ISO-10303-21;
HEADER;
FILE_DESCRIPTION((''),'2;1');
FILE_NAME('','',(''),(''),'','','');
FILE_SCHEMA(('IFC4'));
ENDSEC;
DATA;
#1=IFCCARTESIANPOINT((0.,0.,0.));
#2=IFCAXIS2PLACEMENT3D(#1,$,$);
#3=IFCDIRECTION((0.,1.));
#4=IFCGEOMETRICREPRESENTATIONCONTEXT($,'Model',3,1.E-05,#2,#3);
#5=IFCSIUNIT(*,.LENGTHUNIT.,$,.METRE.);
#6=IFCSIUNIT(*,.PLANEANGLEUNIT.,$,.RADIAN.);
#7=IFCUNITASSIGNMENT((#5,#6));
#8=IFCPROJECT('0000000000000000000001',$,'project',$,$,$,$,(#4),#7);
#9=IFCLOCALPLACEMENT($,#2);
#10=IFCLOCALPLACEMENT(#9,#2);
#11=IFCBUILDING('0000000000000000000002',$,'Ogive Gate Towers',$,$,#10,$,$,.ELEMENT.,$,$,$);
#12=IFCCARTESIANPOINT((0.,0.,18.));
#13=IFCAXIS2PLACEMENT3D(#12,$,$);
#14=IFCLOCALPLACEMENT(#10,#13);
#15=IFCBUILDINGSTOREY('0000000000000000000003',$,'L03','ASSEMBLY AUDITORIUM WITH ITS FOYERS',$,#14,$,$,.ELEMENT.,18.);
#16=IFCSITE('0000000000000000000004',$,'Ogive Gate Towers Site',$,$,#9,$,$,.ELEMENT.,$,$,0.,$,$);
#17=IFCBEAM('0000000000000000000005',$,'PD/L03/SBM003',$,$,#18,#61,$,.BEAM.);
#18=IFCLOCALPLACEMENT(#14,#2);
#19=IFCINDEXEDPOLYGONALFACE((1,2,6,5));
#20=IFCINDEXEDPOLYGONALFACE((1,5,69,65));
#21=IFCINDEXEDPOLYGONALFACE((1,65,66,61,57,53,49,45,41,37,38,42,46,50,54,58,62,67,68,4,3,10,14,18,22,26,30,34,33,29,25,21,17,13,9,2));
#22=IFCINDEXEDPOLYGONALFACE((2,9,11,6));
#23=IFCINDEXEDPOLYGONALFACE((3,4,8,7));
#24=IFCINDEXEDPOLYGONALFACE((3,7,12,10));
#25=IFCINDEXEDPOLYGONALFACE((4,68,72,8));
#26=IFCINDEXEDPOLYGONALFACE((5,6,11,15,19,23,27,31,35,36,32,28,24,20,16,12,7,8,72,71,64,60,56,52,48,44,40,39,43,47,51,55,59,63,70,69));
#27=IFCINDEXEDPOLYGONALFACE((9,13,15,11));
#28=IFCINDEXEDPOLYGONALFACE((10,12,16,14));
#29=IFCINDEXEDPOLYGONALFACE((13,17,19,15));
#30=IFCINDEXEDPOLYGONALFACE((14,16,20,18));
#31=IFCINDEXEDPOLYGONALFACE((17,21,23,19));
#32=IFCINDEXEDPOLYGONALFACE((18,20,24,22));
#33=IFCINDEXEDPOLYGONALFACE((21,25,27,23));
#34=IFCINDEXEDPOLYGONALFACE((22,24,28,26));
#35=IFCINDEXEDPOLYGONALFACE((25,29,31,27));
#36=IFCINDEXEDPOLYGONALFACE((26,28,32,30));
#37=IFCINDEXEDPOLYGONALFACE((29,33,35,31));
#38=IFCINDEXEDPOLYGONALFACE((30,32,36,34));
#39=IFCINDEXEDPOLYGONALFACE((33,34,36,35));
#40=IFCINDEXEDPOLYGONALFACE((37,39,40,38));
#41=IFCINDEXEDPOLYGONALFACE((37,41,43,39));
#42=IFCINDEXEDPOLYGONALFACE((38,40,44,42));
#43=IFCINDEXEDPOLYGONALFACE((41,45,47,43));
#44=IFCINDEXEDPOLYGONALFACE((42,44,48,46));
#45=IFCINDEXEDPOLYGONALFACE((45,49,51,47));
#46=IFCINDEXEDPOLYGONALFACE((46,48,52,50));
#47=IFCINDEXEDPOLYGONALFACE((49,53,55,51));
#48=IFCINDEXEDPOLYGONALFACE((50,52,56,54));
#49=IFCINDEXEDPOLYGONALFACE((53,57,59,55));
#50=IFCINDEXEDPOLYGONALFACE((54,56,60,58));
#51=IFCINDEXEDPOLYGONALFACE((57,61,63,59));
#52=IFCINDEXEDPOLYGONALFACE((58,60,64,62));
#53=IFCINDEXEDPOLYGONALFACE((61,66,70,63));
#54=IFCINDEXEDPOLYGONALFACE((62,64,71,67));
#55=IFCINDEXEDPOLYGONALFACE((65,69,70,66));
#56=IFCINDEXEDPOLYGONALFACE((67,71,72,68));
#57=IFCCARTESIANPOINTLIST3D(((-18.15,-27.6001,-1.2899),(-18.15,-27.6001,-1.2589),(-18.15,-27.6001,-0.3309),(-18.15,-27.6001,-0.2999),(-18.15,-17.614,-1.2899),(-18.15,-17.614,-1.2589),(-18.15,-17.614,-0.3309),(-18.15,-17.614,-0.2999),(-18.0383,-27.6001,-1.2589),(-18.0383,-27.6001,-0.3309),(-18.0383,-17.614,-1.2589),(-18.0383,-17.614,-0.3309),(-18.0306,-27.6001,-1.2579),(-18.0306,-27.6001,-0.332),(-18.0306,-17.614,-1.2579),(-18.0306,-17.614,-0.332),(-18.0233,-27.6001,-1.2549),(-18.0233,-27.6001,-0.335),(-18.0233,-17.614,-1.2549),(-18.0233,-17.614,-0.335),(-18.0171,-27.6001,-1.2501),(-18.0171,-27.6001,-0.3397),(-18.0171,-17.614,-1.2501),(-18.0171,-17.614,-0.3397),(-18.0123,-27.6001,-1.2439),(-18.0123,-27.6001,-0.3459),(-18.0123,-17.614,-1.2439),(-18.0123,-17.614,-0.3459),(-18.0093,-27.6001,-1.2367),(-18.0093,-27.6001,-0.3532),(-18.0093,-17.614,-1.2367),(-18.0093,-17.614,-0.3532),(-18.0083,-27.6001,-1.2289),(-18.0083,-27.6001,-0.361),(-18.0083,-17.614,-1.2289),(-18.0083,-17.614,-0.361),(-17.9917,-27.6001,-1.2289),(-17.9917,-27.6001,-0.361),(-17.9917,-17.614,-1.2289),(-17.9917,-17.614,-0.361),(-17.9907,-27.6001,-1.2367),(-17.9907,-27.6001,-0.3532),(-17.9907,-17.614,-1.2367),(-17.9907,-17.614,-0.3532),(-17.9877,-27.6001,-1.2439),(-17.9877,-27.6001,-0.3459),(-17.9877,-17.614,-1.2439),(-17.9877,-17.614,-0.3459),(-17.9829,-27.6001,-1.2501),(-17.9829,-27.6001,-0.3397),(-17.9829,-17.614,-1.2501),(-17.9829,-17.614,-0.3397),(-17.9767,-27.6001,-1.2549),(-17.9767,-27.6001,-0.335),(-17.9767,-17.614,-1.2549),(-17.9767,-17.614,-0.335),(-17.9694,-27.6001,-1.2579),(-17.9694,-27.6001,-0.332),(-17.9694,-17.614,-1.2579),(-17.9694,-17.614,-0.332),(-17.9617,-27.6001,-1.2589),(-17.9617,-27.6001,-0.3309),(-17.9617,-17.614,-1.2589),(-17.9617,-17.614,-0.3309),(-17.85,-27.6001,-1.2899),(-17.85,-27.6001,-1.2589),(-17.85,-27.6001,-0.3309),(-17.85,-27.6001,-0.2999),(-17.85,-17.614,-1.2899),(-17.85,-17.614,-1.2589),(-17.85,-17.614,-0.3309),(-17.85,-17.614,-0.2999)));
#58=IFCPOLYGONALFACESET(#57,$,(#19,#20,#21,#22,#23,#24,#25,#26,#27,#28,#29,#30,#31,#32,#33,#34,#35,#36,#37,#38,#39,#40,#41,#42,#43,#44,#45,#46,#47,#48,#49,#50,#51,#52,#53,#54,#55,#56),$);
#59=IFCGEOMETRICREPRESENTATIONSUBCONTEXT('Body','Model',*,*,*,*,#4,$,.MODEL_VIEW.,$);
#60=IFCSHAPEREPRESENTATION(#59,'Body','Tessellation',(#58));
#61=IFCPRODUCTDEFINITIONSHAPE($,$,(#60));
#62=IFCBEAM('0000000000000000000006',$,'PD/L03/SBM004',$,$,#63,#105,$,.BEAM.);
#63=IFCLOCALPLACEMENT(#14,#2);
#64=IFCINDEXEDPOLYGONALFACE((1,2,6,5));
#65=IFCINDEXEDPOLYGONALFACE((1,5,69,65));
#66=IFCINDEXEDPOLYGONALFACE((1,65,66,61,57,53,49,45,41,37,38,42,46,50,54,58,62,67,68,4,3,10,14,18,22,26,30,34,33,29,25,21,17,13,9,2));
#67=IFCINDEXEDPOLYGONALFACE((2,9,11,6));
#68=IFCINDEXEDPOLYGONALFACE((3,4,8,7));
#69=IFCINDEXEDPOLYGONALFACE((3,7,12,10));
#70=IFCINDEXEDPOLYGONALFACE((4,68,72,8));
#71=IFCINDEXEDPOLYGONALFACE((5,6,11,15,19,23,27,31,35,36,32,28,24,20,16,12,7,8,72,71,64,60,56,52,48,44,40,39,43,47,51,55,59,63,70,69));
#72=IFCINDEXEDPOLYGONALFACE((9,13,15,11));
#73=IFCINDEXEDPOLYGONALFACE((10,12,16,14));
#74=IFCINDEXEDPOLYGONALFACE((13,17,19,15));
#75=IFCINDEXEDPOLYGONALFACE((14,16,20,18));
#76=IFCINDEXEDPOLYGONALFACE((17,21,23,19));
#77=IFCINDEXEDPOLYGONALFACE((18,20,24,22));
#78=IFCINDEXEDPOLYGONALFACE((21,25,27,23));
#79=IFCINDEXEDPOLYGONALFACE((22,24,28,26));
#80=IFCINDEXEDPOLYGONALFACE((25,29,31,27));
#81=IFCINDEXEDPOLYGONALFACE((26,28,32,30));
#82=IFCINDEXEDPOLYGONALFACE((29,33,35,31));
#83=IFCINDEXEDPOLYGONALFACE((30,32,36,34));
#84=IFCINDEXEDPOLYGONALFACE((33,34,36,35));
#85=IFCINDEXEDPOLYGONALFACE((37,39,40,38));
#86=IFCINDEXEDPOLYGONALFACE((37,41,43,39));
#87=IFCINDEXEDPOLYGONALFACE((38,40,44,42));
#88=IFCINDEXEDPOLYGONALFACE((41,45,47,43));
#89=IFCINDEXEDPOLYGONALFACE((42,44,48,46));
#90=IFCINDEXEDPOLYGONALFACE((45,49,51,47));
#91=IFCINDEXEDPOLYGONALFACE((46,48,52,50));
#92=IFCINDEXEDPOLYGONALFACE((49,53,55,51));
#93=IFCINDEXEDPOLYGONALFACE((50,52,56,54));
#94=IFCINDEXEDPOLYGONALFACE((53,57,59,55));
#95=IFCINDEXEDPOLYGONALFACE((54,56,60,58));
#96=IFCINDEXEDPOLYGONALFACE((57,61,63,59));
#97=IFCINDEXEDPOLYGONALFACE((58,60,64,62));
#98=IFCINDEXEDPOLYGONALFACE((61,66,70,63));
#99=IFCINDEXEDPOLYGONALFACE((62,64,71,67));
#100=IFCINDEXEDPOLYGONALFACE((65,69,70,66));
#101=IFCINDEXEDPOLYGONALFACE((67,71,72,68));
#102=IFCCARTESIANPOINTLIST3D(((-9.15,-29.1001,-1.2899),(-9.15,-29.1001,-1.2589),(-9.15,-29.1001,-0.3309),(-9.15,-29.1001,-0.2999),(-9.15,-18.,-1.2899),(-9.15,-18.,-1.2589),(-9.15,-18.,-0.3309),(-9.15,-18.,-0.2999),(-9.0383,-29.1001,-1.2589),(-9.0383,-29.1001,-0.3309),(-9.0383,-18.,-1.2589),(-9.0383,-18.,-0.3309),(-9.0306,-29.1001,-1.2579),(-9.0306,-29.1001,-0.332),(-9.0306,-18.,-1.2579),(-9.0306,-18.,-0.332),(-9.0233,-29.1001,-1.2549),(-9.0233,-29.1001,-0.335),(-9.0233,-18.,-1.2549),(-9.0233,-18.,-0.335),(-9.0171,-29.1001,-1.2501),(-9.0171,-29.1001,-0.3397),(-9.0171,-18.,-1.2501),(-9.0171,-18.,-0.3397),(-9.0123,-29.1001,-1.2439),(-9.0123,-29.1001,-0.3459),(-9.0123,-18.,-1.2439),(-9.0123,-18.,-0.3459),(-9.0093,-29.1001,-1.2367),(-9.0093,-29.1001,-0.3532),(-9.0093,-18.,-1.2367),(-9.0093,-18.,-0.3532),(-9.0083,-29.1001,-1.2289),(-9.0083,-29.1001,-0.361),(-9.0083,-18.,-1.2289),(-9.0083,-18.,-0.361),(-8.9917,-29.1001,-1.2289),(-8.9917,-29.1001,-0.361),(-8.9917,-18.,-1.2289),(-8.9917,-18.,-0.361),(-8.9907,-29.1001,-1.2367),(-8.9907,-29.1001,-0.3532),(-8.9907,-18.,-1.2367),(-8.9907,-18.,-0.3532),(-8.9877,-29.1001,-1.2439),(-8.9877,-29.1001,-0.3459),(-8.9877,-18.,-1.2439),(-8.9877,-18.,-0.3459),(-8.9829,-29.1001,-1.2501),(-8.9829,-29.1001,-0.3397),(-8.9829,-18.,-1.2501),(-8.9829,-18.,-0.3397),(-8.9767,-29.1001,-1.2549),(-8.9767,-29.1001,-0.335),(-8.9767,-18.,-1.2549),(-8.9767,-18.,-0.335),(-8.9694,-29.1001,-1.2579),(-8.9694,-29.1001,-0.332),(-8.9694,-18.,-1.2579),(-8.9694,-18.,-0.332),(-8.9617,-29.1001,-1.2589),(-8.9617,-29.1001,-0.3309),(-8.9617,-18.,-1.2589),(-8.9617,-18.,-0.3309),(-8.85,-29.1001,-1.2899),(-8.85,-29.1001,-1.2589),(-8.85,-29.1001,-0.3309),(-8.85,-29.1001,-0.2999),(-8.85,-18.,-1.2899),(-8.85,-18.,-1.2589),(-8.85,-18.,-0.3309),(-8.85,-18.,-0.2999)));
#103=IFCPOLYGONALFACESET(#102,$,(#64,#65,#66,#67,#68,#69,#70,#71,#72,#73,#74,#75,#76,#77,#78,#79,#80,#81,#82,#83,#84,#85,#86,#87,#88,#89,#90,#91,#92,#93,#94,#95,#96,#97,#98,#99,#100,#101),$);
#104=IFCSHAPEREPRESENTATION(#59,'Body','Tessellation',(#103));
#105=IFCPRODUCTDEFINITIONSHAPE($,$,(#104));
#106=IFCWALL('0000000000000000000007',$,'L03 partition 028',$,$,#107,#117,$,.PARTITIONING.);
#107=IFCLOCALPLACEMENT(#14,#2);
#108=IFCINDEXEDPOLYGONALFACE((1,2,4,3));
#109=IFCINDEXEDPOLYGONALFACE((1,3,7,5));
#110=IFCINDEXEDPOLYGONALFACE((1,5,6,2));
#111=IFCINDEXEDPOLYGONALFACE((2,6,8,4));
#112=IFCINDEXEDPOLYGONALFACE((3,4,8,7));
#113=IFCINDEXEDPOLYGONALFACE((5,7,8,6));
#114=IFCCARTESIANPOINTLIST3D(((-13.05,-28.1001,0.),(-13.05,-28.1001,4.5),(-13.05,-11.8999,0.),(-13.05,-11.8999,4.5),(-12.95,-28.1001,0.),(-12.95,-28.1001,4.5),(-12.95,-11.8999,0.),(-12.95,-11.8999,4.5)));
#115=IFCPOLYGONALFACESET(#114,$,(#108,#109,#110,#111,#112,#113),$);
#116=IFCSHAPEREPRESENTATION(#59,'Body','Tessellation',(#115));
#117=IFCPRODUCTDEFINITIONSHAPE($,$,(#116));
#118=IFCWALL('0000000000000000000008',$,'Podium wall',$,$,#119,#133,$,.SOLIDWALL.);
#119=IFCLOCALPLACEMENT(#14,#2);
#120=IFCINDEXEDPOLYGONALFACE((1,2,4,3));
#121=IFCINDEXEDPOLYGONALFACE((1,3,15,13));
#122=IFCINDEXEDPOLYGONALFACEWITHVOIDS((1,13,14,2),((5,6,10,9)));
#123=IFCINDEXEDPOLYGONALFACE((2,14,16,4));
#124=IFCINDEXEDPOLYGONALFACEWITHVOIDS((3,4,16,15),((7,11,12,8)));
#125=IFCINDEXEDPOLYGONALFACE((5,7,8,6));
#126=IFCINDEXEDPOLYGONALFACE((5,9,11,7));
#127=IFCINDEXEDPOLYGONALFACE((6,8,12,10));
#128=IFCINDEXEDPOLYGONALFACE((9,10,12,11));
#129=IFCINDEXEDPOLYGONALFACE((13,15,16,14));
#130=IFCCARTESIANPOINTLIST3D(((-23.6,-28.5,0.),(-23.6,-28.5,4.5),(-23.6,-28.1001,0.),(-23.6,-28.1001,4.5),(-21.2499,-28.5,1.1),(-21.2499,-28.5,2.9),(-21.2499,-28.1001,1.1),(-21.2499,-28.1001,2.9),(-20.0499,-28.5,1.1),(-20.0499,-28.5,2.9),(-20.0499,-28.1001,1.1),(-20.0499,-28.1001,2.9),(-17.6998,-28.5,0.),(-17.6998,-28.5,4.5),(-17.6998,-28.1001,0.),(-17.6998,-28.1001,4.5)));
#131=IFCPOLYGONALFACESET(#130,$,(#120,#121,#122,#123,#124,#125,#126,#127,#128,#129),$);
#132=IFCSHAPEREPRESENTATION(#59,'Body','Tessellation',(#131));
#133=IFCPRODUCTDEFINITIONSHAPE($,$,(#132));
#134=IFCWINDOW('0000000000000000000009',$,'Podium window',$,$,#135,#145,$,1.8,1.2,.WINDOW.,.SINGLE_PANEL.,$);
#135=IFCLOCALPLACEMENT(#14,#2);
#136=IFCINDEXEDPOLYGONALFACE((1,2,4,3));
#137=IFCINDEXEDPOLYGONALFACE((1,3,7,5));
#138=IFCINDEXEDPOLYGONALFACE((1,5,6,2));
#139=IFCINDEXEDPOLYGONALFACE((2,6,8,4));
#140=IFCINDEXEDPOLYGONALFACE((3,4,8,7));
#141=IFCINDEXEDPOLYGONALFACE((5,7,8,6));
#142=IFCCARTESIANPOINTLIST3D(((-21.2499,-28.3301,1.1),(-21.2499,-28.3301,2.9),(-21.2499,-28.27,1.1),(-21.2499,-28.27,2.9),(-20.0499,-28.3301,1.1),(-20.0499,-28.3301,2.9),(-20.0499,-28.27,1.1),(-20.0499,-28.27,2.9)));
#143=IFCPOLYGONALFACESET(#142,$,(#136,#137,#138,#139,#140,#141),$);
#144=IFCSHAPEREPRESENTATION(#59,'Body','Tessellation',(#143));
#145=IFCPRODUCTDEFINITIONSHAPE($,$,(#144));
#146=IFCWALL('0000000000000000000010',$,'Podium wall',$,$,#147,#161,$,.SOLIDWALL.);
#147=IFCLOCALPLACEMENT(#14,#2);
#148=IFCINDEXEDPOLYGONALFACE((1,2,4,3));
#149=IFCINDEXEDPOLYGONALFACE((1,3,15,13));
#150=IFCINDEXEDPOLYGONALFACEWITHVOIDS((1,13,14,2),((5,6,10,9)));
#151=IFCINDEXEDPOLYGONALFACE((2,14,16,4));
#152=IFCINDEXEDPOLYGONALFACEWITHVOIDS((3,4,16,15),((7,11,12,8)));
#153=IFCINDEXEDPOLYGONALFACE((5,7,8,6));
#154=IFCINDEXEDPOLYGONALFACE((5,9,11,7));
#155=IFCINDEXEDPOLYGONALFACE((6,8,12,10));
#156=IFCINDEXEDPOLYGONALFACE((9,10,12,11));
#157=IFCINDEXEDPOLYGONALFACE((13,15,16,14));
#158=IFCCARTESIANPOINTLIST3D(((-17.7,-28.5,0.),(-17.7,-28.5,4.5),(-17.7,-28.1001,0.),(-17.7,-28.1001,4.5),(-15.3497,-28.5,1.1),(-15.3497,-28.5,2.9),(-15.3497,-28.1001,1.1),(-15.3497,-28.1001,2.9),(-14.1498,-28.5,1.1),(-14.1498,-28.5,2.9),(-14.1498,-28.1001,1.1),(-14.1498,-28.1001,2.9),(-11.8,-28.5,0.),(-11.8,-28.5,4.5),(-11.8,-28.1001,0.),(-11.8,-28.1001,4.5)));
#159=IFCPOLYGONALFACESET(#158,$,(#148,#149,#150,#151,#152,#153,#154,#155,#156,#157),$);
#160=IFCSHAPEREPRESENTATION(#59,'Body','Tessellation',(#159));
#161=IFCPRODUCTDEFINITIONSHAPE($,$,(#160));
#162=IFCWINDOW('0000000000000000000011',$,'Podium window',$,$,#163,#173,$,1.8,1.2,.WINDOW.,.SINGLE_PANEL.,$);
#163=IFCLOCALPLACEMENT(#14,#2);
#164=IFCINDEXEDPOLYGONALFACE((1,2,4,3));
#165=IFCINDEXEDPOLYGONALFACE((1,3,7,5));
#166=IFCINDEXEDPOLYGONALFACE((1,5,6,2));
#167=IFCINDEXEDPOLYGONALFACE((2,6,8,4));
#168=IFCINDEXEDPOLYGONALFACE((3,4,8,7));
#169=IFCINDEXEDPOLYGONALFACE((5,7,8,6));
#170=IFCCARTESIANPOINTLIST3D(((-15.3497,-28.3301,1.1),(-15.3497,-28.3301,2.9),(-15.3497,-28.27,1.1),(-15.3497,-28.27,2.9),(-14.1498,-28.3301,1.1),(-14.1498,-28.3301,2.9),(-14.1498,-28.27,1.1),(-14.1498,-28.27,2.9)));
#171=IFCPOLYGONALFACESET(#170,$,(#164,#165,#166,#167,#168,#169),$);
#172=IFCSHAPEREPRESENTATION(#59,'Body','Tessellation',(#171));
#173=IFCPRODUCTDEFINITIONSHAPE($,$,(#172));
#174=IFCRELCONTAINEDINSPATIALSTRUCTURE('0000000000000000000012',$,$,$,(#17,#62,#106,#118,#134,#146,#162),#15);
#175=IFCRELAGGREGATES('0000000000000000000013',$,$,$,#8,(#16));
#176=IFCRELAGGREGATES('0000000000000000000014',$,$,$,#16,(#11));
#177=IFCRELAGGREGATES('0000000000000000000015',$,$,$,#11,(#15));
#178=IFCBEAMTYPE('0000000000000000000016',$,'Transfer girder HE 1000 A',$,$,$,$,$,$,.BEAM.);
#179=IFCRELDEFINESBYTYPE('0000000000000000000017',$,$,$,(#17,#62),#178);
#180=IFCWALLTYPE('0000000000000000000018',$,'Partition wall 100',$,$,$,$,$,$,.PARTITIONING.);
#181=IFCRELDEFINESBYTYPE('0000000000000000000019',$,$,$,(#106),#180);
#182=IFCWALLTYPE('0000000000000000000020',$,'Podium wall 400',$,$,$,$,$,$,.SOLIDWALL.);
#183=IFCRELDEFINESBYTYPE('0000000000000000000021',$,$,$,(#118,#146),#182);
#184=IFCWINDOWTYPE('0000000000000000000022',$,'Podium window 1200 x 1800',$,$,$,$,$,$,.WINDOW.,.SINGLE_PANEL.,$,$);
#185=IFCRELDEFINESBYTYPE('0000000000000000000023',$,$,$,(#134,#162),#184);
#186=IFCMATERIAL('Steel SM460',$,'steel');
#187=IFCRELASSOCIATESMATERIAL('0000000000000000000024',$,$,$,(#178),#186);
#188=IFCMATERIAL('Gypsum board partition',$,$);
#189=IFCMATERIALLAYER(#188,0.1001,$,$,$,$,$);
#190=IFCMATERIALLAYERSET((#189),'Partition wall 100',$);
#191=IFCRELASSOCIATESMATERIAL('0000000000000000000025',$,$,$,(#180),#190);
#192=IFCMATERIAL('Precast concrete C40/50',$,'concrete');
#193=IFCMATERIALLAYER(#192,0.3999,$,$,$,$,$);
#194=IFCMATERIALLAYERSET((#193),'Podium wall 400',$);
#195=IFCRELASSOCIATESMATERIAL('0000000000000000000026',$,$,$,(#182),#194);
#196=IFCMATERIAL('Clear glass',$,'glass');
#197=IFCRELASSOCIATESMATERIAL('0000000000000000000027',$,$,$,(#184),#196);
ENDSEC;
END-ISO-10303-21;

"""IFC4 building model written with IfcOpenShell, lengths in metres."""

from ifc_helpers import new_model, si_unit, direction, frame, frame_2d, origin, origin_2d, place, context, subcontext, project, spatial, rectangle, i_section, extrude, material, layer, layer_set, material_profile, profile_set, type_object, element, fill, save


model = new_model("IFC4")

# Units and contexts
model_context = context("Model", 3, precision=1e-05, world=origin(), true_north=direction((0.0, 1.0)))
body_context = subcontext(model_context, "Body", "Model", "MODEL_VIEW")
ifc_project = project(units=[si_unit("LENGTHUNIT", "METRE"), si_unit("PLANEANGLEUNIT", "RADIAN")], contexts=[model_context])

# Site, building, storey
site_placement = place(None, origin())
site = spatial("IfcSite", under=ifc_project, at=site_placement, Name="Ogive Gate Towers Site", CompositionType="ELEMENT", RefElevation=0.0)
building_placement = place(site_placement, origin())
building = spatial("IfcBuilding", under=site, at=building_placement, Name="Ogive Gate Towers", CompositionType="ELEMENT")
storey_placement = place(building_placement, frame((0.0, 0.0, 18.0)))
storey = spatial("IfcBuildingStorey", under=building, at=storey_placement, Name="L03", Description="ASSEMBLY AUDITORIUM WITH ITS FOYERS", CompositionType="ELEMENT", Elevation=18.0)

# Beams
ifc_material_1 = material(Name="Steel SM460", Category="steel")
ifc_material_profile_1 = material_profile(ifc_material_1, i_section(OverallWidth=0.3, OverallDepth=0.99, WebThickness=0.0166, FlangeThickness=0.031, FilletRadius=0.03, at=origin_2d()), Name="HE 1000 A")
ifc_profile_set_1 = profile_set([ifc_material_profile_1], Name="Steel SM460")
beam_type_1 = type_object("IfcBeamType", Name="Transfer girder HE 1000 A", PredefinedType="BEAM", material=ifc_profile_set_1)
beam_1_placement = place(storey_placement, frame((-18.0, -27.6001, -0.7949), z_axis=(0.0, 1.0, 0.0), x_axis=(-1.0, 0.0, 0.0)))
element("IfcBeam", 1, at=beam_1_placement, inside=storey, type_object=beam_type_1, Name="PD/L03/SBM003", PredefinedType="BEAM", context=body_context, shape_type="SweptSolid", body=[
    extrude(i_section(OverallWidth=0.3, OverallDepth=0.99, WebThickness=0.0166, FlangeThickness=0.031, FilletRadius=0.03, at=origin_2d()), origin(), (0.0, 0.0, 1.0), 9.9861),
])
beam_2_placement = place(storey_placement, frame((-9.0, -29.1001, -0.7949), z_axis=(0.0, 1.0, 0.0), x_axis=(-1.0, 0.0, 0.0)))
element("IfcBeam", 2, at=beam_2_placement, inside=storey, type_object=beam_type_1, Name="PD/L03/SBM004", PredefinedType="BEAM", context=body_context, shape_type="SweptSolid", body=[
    extrude(i_section(OverallWidth=0.3, OverallDepth=0.99, WebThickness=0.0166, FlangeThickness=0.031, FilletRadius=0.03, at=origin_2d()), origin(), (0.0, 0.0, 1.0), 11.1001),
])

# Wall
ifc_material_2 = material(Name="Gypsum board partition")
ifc_layer_1 = layer(ifc_material_2, 0.1001)
ifc_layer_set_1 = layer_set([ifc_layer_1], Name="Partition wall 100")
wall_type_1 = type_object("IfcWallType", Name="Partition wall 100", PredefinedType="PARTITIONING", material=ifc_layer_set_1)
wall_1_placement = place(storey_placement, frame((-13.0, -28.1001, 0.0), z_axis=(0.0, 0.0, 1.0), x_axis=(0.0, 1.0, 0.0)))
element("IfcWall", 3, at=wall_1_placement, inside=storey, type_object=wall_type_1, Name="L03 partition 028", PredefinedType="PARTITIONING", context=body_context, shape_type="SweptSolid", body=[
    extrude(rectangle(XDim=16.2002, YDim=0.1001, at=frame_2d((8.1001, 0.0))), origin(), (0.0, 0.0, 1.0), 4.5),
])

# Walls, openings, windows
ifc_material_3 = material(Name="Precast concrete C40/50", Category="concrete")
ifc_layer_2 = layer(ifc_material_3, 0.3999)
ifc_layer_set_2 = layer_set([ifc_layer_2], Name="Podium wall 400")
wall_type_2 = type_object("IfcWallType", Name="Podium wall 400", PredefinedType="SOLIDWALL", material=ifc_layer_set_2)
wall_2_placement = place(storey_placement, frame((-23.6001, -28.3, 0.0), z_axis=(0.0, 0.0, 1.0), x_axis=(1.0, 0.0, 0.0)))
wall_2 = element("IfcWall", 4, at=wall_2_placement, inside=storey, type_object=wall_type_2, Name="Podium wall", PredefinedType="SOLIDWALL", context=body_context, shape_type="SweptSolid", body=[
    extrude(rectangle(XDim=5.9001, YDim=0.3999, at=frame_2d((2.9502, 0.0))), origin(), (0.0, 0.0, 1.0), 4.5),
])
opening_1_placement = place(wall_2_placement, frame((2.3501, 0.0, 1.1001)))
opening_1 = element("IfcOpeningElement", 5, at=opening_1_placement, cuts=wall_2, PredefinedType="OPENING", context=body_context, shape_type="SweptSolid", body=[
    extrude(rectangle(XDim=1.2, YDim=1.8, at=frame_2d((0.6001, 0.8999))), frame((0.0, 0.21, 0.0), z_axis=(0.0, -1.0, 0.0), x_axis=(1.0, 0.0, 0.0)), (0.0, 0.0, 1.0), 0.4199),
])
ifc_material_4 = material(Name="Clear glass", Category="glass")
window_type = type_object("IfcWindowType", Name="Podium window 1200 x 1800", PartitioningType="SINGLE_PANEL", PredefinedType="WINDOW", material=ifc_material_4)
window_1_placement = place(opening_1_placement, origin())
window_1 = element("IfcWindow", 6, at=window_1_placement, inside=storey, type_object=window_type, Name="Podium window", OverallHeight=1.8, OverallWidth=1.2, PartitioningType="SINGLE_PANEL", PredefinedType="WINDOW", context=body_context, shape_type="SweptSolid", body=[
    extrude(rectangle(XDim=1.2, YDim=1.8, at=frame_2d((0.6001, 0.8999))), frame((0.0, 0.03, 0.0), z_axis=(0.0, -1.0, 0.0), x_axis=(1.0, 0.0, 0.0)), (0.0, 0.0, 1.0), 0.0601),
])
fill(opening_1, window_1)
wall_3_placement = place(storey_placement, frame((-17.7, -28.3, 0.0), z_axis=(0.0, 0.0, 1.0), x_axis=(1.0, 0.0, 0.0)))
wall_3 = element("IfcWall", 7, at=wall_3_placement, inside=storey, type_object=wall_type_2, Name="Podium wall", PredefinedType="SOLIDWALL", context=body_context, shape_type="SweptSolid", body=[
    extrude(rectangle(XDim=5.8999, YDim=0.3999, at=frame_2d((2.95, 0.0))), origin(), (0.0, 0.0, 1.0), 4.5),
])
opening_2_placement = place(wall_3_placement, frame((2.3501, 0.0, 1.1001)))
opening_2 = element("IfcOpeningElement", 8, at=opening_2_placement, cuts=wall_3, PredefinedType="OPENING", context=body_context, shape_type="SweptSolid", body=[
    extrude(rectangle(XDim=1.2, YDim=1.8, at=frame_2d((0.6001, 0.8999))), frame((0.0, 0.21, 0.0), z_axis=(0.0, -1.0, 0.0), x_axis=(1.0, 0.0, 0.0)), (0.0, 0.0, 1.0), 0.4199),
])
window_2_placement = place(opening_2_placement, origin())
window_2 = element("IfcWindow", 9, at=window_2_placement, inside=storey, type_object=window_type, Name="Podium window", OverallHeight=1.8, OverallWidth=1.2, PartitioningType="SINGLE_PANEL", PredefinedType="WINDOW", context=body_context, shape_type="SweptSolid", body=[
    extrude(rectangle(XDim=1.2, YDim=1.8, at=frame_2d((0.6001, 0.8999))), frame((0.0, 0.03, 0.0), z_axis=(0.0, -1.0, 0.0), x_axis=(1.0, 0.0, 0.0)), (0.0, 0.0, 1.0), 0.0601),
])
fill(opening_2, window_2)

save(model, "model.ifc")
